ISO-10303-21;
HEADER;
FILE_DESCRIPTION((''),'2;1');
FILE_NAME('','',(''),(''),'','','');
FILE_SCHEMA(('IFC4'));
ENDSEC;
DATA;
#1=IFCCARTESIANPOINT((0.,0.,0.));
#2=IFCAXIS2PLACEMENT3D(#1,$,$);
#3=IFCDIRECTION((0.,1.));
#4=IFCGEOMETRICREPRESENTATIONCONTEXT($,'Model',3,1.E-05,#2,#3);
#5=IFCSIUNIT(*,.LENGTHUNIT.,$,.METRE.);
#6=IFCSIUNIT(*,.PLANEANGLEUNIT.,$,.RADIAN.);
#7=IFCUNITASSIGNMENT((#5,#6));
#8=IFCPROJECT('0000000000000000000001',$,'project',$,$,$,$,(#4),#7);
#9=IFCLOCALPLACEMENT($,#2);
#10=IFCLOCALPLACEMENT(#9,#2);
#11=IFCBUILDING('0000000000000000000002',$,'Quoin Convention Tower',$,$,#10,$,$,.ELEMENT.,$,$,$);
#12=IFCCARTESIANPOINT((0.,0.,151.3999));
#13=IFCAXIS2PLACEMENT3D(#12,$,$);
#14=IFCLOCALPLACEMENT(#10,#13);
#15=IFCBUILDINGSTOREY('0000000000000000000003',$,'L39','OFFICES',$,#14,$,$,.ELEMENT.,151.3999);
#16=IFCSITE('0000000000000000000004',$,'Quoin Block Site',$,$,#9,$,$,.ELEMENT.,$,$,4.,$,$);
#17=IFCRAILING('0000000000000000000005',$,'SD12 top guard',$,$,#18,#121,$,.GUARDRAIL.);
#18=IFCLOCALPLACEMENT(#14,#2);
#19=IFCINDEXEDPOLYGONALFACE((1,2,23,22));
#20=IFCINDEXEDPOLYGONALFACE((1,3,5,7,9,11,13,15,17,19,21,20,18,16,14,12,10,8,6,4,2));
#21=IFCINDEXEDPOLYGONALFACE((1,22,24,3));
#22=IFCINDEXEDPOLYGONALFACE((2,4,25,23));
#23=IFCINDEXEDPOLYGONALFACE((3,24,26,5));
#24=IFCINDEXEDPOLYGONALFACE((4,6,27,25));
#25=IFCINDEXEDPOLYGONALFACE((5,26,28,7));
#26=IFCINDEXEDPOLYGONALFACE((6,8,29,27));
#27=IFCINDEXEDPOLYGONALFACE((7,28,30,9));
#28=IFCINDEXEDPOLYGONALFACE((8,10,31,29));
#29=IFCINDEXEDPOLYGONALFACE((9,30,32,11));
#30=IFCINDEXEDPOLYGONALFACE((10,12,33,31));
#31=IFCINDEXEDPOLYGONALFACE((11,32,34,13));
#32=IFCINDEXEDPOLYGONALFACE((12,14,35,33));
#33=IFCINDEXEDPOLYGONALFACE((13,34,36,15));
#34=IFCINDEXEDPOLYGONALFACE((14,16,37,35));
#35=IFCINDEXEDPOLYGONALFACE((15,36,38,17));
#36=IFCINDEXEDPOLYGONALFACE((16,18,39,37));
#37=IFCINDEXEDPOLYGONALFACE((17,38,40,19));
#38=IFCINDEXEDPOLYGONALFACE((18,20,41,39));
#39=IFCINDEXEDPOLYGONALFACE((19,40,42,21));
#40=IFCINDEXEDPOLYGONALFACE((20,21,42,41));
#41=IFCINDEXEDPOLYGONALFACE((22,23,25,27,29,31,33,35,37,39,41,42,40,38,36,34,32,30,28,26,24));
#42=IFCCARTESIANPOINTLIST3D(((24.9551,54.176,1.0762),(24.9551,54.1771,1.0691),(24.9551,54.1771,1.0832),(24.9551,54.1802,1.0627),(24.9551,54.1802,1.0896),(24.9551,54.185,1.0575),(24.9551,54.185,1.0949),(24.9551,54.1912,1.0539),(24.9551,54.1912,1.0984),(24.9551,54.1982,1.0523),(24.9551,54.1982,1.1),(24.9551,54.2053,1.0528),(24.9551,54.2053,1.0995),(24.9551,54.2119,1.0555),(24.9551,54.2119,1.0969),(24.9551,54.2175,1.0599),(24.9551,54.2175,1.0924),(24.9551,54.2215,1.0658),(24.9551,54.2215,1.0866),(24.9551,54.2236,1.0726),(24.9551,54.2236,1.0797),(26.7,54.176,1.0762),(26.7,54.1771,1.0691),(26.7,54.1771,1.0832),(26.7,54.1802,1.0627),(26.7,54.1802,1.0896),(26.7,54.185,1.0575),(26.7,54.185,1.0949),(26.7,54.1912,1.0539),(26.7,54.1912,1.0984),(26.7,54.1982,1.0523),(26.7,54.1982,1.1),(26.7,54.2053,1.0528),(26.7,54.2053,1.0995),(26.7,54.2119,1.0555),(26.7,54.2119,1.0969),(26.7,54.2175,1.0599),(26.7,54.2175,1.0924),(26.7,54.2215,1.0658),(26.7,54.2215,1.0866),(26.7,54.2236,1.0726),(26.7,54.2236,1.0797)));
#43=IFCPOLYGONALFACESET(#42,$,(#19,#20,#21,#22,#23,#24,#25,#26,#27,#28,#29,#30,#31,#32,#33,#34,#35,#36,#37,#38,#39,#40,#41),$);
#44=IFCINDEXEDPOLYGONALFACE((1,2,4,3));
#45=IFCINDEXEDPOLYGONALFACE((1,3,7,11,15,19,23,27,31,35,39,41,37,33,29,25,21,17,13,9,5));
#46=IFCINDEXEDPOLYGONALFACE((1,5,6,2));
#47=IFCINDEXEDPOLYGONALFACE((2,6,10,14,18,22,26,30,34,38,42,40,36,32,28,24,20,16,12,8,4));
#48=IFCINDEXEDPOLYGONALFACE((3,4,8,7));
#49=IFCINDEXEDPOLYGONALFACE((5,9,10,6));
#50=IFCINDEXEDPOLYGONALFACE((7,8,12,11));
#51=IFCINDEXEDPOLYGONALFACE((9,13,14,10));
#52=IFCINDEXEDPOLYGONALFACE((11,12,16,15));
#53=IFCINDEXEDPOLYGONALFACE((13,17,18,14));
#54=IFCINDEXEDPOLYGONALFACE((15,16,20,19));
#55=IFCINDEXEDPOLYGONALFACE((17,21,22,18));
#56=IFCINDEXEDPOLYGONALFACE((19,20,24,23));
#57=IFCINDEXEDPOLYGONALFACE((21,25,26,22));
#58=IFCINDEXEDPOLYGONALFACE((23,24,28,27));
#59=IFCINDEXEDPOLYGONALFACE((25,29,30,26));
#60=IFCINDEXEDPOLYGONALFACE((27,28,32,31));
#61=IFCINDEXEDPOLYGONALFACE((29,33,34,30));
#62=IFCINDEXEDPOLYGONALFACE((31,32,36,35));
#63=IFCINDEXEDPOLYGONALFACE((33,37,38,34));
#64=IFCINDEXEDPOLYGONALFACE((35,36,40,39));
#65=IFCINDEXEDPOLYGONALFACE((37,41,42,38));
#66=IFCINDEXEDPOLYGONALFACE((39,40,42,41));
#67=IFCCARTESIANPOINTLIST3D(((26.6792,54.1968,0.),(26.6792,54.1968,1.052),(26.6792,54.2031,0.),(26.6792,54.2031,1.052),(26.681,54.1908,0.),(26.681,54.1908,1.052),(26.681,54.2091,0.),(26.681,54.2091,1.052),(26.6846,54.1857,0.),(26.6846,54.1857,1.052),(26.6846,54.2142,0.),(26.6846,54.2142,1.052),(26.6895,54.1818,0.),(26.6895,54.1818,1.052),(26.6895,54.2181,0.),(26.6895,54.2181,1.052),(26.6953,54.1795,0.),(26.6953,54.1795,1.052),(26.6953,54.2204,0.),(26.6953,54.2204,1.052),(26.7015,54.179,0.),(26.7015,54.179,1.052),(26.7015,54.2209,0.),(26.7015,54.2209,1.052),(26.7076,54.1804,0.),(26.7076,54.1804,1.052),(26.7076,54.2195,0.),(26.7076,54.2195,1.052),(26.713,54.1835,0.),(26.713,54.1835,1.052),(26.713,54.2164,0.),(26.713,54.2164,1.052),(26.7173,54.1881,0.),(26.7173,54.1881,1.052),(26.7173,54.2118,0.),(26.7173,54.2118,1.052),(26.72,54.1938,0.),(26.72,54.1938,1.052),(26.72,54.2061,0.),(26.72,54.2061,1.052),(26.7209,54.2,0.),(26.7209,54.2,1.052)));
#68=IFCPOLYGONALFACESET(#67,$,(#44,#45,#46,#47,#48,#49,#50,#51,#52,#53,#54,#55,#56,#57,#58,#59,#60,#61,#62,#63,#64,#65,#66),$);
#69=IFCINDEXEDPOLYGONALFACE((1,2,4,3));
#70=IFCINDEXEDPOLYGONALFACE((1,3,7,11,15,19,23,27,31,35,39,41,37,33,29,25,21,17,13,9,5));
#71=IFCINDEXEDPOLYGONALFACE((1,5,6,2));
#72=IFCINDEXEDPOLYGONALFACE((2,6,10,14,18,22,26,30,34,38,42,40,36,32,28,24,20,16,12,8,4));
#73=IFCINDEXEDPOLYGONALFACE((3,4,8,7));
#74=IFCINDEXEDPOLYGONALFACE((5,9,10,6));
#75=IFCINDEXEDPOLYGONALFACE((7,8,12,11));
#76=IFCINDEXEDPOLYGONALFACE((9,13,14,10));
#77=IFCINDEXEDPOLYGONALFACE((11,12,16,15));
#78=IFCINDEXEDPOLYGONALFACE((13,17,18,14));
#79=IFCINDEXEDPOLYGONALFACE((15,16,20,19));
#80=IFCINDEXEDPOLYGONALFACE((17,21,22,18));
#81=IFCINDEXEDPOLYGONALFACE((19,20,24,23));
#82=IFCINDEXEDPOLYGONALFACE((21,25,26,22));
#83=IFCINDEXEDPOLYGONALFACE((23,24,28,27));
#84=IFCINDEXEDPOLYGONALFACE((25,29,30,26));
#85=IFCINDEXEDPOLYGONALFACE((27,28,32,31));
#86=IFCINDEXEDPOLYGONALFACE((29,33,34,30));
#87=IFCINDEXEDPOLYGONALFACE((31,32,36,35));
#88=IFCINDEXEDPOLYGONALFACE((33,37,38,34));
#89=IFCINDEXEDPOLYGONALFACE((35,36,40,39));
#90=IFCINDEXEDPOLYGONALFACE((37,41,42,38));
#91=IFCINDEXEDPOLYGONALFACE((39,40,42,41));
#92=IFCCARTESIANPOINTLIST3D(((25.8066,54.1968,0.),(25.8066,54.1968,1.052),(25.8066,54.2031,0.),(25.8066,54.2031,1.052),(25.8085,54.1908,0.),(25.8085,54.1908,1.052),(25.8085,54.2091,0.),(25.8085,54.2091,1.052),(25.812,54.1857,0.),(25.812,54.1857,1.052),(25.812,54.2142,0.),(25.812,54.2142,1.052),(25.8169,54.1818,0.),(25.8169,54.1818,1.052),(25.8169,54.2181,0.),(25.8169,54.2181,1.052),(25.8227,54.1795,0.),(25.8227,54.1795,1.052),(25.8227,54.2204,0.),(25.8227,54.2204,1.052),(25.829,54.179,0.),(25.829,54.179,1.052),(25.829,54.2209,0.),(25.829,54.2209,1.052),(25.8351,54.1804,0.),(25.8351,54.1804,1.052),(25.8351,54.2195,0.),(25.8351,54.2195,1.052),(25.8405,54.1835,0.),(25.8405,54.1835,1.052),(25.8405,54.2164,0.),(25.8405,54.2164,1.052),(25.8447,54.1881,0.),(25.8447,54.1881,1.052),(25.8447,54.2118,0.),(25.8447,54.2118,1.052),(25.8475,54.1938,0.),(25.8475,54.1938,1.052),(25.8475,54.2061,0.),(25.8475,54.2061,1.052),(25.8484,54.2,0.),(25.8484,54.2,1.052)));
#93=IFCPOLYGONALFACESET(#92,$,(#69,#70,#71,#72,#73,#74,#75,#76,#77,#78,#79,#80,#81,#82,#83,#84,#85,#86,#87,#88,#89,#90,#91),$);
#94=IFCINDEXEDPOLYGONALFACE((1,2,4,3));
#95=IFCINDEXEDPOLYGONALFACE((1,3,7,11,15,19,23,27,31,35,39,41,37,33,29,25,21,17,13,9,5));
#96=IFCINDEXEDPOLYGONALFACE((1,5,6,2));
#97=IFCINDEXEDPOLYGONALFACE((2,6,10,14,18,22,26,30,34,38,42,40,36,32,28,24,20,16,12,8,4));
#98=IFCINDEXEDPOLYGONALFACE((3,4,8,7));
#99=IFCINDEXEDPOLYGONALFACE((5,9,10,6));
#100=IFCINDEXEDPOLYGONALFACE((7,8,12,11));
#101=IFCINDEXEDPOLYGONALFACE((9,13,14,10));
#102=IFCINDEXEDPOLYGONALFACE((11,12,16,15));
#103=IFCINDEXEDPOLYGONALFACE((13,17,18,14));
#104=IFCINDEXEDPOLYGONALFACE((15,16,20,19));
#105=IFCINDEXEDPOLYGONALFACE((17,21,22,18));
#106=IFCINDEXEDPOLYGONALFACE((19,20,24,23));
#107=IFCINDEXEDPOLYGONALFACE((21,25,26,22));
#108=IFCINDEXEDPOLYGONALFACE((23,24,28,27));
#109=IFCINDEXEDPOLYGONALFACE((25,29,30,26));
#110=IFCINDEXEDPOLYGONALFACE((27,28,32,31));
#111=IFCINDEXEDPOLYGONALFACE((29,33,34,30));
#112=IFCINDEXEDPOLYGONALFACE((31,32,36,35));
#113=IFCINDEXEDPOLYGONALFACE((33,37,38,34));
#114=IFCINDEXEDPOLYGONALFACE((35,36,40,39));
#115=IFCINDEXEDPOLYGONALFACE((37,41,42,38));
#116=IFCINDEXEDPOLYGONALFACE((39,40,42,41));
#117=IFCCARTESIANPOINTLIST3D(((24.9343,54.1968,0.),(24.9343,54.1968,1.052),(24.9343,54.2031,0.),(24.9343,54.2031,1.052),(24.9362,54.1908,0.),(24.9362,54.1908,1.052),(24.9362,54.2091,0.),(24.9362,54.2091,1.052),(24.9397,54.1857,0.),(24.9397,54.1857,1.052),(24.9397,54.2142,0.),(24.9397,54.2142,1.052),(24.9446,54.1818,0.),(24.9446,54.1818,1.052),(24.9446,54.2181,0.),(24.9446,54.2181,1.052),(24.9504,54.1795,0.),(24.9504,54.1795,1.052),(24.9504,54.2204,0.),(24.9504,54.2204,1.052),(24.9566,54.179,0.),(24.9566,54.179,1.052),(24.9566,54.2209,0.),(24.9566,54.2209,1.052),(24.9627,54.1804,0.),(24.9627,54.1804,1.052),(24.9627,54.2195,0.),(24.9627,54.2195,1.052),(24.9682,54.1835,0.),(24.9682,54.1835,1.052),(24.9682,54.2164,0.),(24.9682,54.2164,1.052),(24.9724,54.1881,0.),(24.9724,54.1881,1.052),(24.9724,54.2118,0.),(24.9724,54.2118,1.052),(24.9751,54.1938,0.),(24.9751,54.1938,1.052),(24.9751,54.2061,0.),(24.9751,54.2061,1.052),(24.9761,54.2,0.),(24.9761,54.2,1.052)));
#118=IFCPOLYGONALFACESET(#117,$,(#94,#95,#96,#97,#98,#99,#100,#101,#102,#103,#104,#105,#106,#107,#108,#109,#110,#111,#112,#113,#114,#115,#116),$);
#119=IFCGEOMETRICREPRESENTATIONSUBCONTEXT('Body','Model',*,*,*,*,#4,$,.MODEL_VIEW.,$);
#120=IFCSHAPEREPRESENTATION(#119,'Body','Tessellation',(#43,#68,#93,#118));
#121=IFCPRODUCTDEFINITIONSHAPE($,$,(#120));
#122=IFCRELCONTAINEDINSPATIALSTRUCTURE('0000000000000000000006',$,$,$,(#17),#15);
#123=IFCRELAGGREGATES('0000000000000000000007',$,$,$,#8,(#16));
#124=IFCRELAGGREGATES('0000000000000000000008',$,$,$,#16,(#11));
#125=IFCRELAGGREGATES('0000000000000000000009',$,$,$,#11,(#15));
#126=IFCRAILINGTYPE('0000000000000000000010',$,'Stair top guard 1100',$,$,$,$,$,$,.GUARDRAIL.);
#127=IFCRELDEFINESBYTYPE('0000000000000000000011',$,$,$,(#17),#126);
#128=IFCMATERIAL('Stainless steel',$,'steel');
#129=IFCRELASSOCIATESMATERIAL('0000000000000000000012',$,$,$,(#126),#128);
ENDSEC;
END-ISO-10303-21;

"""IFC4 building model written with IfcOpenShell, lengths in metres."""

from ifc_helpers import new_model, si_unit, direction, frame, origin, origin_2d, place, context, subcontext, project, spatial, circle, extrude, material, type_object, element, save


model = new_model("IFC4")

# Units and contexts
model_context = context("Model", 3, precision=1e-05, world=origin(), true_north=direction((0.0, 1.0)))
body_context = subcontext(model_context, "Body", "Model", "MODEL_VIEW")
ifc_project = project(units=[si_unit("LENGTHUNIT", "METRE"), si_unit("PLANEANGLEUNIT", "RADIAN")], contexts=[model_context])

# Site, building, storey
site_placement = place(None, origin())
site = spatial("IfcSite", under=ifc_project, at=site_placement, Name="Quoin Block Site", CompositionType="ELEMENT", RefElevation=4.0)
building_placement = place(site_placement, origin())
building = spatial("IfcBuilding", under=site, at=building_placement, Name="Quoin Convention Tower", CompositionType="ELEMENT")
storey_placement = place(building_placement, frame((0.0, 0.0, 151.3999)))
storey = spatial("IfcBuildingStorey", under=building, at=storey_placement, Name="L39", Description="OFFICES", CompositionType="ELEMENT", Elevation=151.3999)

# Railing
ifc_material_1 = material(Name="Stainless steel", Category="steel")
railing_type_1 = type_object("IfcRailingType", Name="Stair top guard 1100", PredefinedType="GUARDRAIL", material=ifc_material_1)
railing_1_placement = place(storey_placement, frame((26.7, 54.2, 0.0)))
element("IfcRailing", 1, at=railing_1_placement, inside=storey, type_object=railing_type_1, Name="SD12 top guard", PredefinedType="GUARDRAIL", context=body_context, shape_type="SweptSolid", body=[
    extrude(circle(Radius=0.0239, at=origin_2d()), frame((0.0, 0.0, 1.0762), z_axis=(-1.0, 0.0, 0.0), x_axis=(0.0, -1.0, 0.0)), (0.0, 0.0, 1.0), 1.7449),
    extrude(circle(Radius=0.021, at=origin_2d()), origin(), (0.0, 0.0, 1.0), 1.052),
    extrude(circle(Radius=0.021, at=origin_2d()), frame((-0.8726, 0.0, 0.0)), (0.0, 0.0, 1.0), 1.052),
    extrude(circle(Radius=0.021, at=origin_2d()), frame((-1.7449, 0.0, 0.0)), (0.0, 0.0, 1.0), 1.052),
])

save(model, "model.ifc")
